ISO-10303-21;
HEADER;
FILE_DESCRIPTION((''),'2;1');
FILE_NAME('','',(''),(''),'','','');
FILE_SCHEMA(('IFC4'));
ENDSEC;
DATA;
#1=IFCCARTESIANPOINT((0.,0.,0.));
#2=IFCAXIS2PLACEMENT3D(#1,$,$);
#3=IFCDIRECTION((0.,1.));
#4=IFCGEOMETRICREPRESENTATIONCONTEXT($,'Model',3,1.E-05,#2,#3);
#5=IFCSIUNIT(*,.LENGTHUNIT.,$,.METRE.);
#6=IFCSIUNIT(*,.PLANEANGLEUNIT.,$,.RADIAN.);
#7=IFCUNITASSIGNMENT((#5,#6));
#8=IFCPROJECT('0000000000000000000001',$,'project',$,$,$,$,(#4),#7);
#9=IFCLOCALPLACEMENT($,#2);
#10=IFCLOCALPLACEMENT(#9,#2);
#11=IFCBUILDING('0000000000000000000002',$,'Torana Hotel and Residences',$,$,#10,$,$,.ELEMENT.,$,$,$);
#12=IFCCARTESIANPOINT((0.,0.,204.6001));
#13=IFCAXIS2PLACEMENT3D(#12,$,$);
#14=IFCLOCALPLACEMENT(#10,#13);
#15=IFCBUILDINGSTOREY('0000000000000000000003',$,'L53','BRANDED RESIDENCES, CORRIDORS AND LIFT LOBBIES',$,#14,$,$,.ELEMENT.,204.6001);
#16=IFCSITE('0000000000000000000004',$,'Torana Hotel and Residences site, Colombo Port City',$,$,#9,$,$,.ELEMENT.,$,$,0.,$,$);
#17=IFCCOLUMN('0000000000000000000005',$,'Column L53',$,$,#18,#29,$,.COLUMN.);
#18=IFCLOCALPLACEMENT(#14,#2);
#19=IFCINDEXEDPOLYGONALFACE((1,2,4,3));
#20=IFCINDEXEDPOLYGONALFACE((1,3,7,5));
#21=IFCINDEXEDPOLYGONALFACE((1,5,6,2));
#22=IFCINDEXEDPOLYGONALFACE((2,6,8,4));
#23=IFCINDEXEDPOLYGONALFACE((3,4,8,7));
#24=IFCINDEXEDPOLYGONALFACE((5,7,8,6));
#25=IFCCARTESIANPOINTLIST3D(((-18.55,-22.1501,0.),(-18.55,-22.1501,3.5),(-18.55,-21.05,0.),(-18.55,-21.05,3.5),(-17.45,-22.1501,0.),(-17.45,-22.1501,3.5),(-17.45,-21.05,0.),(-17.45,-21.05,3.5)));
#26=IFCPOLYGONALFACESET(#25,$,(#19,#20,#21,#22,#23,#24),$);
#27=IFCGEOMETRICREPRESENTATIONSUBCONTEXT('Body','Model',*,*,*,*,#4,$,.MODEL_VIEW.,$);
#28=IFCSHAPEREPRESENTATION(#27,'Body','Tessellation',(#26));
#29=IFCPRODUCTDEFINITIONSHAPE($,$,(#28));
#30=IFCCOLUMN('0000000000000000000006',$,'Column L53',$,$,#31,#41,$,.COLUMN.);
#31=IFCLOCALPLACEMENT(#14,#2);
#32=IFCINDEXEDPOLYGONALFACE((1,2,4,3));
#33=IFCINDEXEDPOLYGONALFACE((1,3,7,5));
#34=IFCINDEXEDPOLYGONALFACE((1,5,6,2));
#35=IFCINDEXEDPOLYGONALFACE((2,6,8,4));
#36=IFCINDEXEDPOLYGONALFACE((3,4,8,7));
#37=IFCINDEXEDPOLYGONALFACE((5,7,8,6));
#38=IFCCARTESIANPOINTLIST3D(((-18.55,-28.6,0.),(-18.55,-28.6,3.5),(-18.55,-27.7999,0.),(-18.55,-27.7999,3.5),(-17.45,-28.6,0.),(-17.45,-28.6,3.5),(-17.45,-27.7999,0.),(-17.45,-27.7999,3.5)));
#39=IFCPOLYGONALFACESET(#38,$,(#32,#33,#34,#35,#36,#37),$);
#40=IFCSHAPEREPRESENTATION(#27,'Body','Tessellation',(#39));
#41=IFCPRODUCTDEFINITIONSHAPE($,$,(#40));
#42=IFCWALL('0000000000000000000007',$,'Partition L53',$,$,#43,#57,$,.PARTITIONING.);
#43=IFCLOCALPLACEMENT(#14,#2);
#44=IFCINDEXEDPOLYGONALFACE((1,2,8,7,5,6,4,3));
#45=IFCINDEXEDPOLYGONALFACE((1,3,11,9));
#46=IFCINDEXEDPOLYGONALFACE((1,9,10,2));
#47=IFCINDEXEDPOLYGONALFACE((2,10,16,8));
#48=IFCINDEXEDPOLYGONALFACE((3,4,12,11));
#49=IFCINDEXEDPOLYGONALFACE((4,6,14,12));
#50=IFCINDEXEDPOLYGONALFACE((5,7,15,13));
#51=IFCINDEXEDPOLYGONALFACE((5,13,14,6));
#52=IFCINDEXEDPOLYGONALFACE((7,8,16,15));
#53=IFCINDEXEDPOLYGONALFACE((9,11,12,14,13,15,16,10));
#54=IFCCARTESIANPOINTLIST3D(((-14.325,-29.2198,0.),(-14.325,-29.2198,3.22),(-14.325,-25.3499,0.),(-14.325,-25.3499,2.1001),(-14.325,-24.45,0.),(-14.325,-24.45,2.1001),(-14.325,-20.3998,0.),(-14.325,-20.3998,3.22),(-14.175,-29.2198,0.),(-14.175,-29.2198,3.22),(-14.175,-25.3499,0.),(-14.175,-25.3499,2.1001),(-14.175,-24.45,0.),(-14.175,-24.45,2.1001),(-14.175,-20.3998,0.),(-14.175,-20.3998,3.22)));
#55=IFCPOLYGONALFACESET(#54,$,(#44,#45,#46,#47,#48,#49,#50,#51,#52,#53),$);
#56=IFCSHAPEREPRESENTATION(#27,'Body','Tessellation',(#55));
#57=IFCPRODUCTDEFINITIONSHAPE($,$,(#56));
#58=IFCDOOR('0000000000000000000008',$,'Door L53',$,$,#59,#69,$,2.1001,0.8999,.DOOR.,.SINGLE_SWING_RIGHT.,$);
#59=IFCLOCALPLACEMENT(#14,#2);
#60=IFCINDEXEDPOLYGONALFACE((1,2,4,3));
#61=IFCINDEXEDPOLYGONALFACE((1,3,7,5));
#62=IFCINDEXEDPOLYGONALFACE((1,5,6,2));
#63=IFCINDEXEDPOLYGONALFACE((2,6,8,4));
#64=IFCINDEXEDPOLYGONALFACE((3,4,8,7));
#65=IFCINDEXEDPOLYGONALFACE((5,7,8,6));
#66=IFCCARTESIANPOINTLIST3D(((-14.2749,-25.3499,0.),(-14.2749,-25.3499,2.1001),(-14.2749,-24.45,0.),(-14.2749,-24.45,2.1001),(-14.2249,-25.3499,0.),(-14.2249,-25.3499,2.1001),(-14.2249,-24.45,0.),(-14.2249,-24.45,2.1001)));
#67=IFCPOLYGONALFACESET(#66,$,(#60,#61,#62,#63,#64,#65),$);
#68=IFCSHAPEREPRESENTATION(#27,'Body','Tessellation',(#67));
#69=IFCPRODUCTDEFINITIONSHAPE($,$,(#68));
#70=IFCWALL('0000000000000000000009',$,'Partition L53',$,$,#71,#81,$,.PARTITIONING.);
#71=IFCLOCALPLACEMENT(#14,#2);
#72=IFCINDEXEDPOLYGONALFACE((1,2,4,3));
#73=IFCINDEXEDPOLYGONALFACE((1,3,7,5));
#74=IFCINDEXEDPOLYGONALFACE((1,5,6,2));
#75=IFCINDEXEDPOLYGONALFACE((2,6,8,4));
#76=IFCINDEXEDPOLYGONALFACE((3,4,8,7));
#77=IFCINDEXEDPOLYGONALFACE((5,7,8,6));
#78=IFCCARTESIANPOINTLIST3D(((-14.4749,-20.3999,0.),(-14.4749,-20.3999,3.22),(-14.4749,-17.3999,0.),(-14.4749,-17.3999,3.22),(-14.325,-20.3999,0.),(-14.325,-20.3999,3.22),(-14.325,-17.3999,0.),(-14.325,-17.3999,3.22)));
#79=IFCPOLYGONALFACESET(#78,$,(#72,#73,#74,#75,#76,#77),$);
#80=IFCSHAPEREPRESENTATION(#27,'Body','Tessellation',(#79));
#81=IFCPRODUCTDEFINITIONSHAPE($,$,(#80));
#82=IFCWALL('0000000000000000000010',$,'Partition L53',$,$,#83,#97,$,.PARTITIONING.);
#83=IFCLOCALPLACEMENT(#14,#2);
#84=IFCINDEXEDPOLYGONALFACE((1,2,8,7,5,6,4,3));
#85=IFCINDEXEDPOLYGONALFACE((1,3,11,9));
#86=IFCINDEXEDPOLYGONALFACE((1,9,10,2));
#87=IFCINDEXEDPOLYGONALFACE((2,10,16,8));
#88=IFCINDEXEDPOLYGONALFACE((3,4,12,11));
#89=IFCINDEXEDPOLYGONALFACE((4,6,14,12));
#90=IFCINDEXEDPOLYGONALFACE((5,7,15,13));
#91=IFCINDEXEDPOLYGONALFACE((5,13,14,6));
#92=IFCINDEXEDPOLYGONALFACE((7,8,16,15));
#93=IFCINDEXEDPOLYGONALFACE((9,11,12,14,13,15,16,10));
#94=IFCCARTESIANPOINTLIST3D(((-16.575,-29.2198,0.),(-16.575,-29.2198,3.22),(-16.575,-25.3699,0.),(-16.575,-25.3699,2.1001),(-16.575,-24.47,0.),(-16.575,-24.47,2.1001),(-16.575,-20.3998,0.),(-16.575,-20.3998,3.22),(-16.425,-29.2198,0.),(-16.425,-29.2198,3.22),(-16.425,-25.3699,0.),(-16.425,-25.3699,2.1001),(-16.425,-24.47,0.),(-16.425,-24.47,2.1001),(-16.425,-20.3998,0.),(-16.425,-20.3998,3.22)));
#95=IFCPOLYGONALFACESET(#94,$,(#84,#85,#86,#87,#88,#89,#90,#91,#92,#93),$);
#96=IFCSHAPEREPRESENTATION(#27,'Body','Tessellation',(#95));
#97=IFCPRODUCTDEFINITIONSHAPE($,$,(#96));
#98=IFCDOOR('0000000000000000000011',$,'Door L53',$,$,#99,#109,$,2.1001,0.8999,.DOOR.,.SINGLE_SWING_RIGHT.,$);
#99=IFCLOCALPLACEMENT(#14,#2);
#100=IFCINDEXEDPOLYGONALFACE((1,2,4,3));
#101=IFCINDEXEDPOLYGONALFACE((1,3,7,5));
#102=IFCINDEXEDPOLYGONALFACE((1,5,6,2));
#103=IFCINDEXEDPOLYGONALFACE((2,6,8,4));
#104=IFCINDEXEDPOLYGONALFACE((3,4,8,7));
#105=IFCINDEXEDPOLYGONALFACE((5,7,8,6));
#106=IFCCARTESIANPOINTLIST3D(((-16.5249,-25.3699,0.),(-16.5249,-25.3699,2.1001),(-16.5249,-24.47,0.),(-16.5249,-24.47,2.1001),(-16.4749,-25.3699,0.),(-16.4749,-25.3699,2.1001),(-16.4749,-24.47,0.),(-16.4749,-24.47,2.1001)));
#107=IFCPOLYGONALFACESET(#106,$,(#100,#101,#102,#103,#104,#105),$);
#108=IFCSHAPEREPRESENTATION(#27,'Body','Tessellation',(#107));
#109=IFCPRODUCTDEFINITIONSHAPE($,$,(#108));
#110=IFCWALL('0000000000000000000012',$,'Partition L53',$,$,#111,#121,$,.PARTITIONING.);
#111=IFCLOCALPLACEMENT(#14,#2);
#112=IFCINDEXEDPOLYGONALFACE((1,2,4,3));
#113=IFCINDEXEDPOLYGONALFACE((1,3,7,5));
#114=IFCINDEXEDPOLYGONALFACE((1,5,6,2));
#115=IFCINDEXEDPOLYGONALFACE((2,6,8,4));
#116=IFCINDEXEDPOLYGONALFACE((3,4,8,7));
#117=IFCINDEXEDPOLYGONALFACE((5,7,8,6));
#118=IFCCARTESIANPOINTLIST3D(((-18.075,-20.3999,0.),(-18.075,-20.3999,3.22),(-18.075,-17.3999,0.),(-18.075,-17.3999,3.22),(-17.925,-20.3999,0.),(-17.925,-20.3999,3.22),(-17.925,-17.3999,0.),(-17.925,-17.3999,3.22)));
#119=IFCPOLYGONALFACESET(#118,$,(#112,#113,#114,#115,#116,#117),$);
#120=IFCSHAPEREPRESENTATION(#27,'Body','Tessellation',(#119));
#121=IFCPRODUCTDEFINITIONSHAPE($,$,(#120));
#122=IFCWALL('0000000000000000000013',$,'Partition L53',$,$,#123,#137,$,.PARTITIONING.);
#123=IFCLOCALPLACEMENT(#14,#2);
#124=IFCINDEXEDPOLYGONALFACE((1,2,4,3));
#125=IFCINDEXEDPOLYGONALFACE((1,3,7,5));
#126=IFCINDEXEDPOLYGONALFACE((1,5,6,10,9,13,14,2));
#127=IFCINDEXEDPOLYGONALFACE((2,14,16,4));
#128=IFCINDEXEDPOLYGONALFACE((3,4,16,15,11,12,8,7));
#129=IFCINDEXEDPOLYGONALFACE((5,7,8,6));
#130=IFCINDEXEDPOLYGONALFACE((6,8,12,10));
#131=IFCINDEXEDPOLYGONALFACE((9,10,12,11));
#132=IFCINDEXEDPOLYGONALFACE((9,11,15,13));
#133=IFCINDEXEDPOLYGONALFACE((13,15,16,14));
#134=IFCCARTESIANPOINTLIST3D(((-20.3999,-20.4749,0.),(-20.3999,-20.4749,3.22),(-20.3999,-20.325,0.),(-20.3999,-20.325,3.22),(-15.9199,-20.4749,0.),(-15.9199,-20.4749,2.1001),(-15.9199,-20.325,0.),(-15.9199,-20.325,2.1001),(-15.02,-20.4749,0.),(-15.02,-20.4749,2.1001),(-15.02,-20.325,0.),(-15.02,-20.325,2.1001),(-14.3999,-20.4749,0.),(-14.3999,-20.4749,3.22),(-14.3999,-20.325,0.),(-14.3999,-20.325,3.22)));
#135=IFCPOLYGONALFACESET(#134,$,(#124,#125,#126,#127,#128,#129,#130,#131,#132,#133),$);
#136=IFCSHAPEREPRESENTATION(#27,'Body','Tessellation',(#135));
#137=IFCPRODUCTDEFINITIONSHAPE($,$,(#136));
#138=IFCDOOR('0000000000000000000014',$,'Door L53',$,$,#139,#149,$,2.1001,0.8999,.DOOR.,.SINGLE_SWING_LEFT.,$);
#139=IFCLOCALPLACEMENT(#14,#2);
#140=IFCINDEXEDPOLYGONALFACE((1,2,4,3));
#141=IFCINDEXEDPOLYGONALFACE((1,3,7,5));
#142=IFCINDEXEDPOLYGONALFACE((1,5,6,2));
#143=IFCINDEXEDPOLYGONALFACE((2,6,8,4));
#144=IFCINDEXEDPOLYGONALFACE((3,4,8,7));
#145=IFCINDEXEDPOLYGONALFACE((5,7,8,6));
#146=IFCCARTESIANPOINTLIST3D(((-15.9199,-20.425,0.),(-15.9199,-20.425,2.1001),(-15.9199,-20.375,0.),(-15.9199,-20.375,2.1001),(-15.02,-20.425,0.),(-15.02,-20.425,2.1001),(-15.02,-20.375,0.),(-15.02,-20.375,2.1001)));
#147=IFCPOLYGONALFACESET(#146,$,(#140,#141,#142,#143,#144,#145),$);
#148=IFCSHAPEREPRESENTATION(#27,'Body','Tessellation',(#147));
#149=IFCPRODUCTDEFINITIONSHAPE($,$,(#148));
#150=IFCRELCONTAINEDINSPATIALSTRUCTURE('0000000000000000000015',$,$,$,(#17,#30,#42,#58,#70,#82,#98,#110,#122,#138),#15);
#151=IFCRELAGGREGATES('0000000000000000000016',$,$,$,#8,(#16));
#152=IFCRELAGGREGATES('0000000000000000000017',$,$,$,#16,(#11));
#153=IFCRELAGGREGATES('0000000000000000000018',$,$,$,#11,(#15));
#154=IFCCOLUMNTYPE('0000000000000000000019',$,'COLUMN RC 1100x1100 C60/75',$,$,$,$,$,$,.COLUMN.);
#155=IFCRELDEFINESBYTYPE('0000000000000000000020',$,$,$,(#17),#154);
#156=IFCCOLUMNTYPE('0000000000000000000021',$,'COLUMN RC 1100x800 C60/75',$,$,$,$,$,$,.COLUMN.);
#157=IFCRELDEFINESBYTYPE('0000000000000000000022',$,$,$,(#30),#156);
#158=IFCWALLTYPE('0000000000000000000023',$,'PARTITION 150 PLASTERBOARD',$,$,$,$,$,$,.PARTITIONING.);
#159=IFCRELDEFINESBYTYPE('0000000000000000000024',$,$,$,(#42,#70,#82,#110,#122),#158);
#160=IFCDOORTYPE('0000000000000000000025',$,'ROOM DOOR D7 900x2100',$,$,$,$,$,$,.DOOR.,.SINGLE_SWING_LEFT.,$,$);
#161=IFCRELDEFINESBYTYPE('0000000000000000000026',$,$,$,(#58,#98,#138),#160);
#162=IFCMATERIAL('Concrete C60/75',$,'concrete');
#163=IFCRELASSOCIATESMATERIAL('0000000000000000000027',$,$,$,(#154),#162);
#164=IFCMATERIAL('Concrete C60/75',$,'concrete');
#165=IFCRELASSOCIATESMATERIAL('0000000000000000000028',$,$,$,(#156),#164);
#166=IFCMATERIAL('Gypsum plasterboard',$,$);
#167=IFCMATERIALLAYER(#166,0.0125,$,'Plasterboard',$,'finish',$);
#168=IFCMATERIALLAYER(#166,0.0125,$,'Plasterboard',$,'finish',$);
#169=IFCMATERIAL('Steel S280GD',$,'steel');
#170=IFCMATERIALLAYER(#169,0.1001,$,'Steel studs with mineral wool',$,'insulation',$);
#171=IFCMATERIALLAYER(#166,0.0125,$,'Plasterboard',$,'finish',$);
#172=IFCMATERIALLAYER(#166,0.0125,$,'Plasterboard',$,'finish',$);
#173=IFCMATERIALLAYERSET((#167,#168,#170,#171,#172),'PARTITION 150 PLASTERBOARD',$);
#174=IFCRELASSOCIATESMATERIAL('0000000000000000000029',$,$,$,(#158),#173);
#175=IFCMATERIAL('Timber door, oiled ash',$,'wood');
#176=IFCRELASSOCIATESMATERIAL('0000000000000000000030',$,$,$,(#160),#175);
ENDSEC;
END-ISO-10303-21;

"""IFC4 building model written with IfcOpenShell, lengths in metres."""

from ifc_helpers import new_model, si_unit, direction, frame, frame_2d, origin, origin_2d, place, context, subcontext, project, spatial, rectangle, extrude, material, layer, layer_set, material_profile, profile_set, type_object, element, fill, save


model = new_model("IFC4")

# Units and contexts
model_context = context("Model", 3, precision=1e-05, world=origin(), true_north=direction((0.0, 1.0)))
body_context = subcontext(model_context, "Body", "Model", "MODEL_VIEW")
ifc_project = project(units=[si_unit("LENGTHUNIT", "METRE"), si_unit("PLANEANGLEUNIT", "RADIAN")], contexts=[model_context])

# Site, building, storey
site_placement = place(None, origin())
site = spatial("IfcSite", under=ifc_project, at=site_placement, Name="Torana Hotel and Residences site, Colombo Port City", CompositionType="ELEMENT", RefElevation=0.0)
building_placement = place(site_placement, origin())
building = spatial("IfcBuilding", under=site, at=building_placement, Name="Torana Hotel and Residences", CompositionType="ELEMENT")
storey_placement = place(building_placement, frame((0.0, 0.0, 204.6001)))
storey = spatial("IfcBuildingStorey", under=building, at=storey_placement, Name="L53", Description="BRANDED RESIDENCES, CORRIDORS AND LIFT LOBBIES", CompositionType="ELEMENT", Elevation=204.6001)

# Columns
ifc_material_1 = material(Name="Concrete C60/75", Category="concrete")
ifc_material_profile_1 = material_profile(ifc_material_1, rectangle(XDim=1.1001, YDim=1.1001, at=origin_2d()), Name="RC 1100x1100")
ifc_profile_set_1 = profile_set([ifc_material_profile_1], Name="Concrete C60/75")
column_type_1 = type_object("IfcColumnType", Name="COLUMN RC 1100x1100 C60/75", PredefinedType="COLUMN", material=ifc_profile_set_1)
column_1_placement = place(storey_placement, frame((-18.0, -21.6001, 0.0), z_axis=(0.0, 0.0, 1.0), x_axis=(1.0, 0.0, 0.0)))
element("IfcColumn", 1, at=column_1_placement, inside=storey, type_object=column_type_1, Name="Column L53", PredefinedType="COLUMN", context=body_context, shape_type="SweptSolid", body=[
    extrude(rectangle(XDim=1.1001, YDim=1.1001, at=origin_2d()), origin(), (0.0, 0.0, 1.0), 3.5),
])
ifc_material_2 = material(Name="Concrete C60/75", Category="concrete")
ifc_material_profile_2 = material_profile(ifc_material_2, rectangle(XDim=1.1001, YDim=0.8, at=origin_2d()), Name="RC 1100x800")
ifc_profile_set_2 = profile_set([ifc_material_profile_2], Name="Concrete C60/75")
column_type_2 = type_object("IfcColumnType", Name="COLUMN RC 1100x800 C60/75", PredefinedType="COLUMN", material=ifc_profile_set_2)
column_2_placement = place(storey_placement, frame((-18.0, -28.2, 0.0), z_axis=(0.0, 0.0, 1.0), x_axis=(1.0, 0.0, 0.0)))
element("IfcColumn", 2, at=column_2_placement, inside=storey, type_object=column_type_2, Name="Column L53", PredefinedType="COLUMN", context=body_context, shape_type="SweptSolid", body=[
    extrude(rectangle(XDim=1.1001, YDim=0.8, at=origin_2d()), origin(), (0.0, 0.0, 1.0), 3.5),
])

# Wall, opening, door
ifc_material_3 = material(Name="Gypsum plasterboard")
ifc_layer_1 = layer(ifc_material_3, 0.0125, Name="Plasterboard", Category="finish")
ifc_layer_2 = layer(ifc_material_3, 0.0125, Name="Plasterboard", Category="finish")
ifc_material_4 = material(Name="Steel S280GD", Category="steel")
ifc_layer_3 = layer(ifc_material_4, 0.1001, Name="Steel studs with mineral wool", Category="insulation")
ifc_layer_4 = layer(ifc_material_3, 0.0125, Name="Plasterboard", Category="finish")
ifc_layer_5 = layer(ifc_material_3, 0.0125, Name="Plasterboard", Category="finish")
ifc_layer_set_1 = layer_set([ifc_layer_1, ifc_layer_2, ifc_layer_3, ifc_layer_4, ifc_layer_5], Name="PARTITION 150 PLASTERBOARD")
wall_type_1 = type_object("IfcWallType", Name="PARTITION 150 PLASTERBOARD", PredefinedType="PARTITIONING", material=ifc_layer_set_1)
wall_1_placement = place(storey_placement, frame((-14.25, -29.22, 0.0), z_axis=(0.0, 0.0, 1.0), x_axis=(0.0, 1.0, 0.0)))
wall_1 = element("IfcWall", 3, at=wall_1_placement, inside=storey, type_object=wall_type_1, Name="Partition L53", PredefinedType="PARTITIONING", context=body_context, shape_type="SweptSolid", body=[
    extrude(rectangle(XDim=8.8201, YDim=0.1499, at=frame_2d((4.4102, 0.0))), origin(), (0.0, 0.0, 1.0), 3.22),
])
opening_1_placement = place(wall_1_placement, frame((3.8701, 0.0, 0.0)))
opening_1 = element("IfcOpeningElement", 4, at=opening_1_placement, cuts=wall_1, PredefinedType="OPENING", context=body_context, shape_type="SweptSolid", body=[
    extrude(rectangle(XDim=0.8999, YDim=2.1001, at=frame_2d((0.45, 1.05))), frame((0.0, 0.085, 0.0), z_axis=(0.0, -1.0, 0.0), x_axis=(1.0, 0.0, 0.0)), (0.0, 0.0, 1.0), 0.1699),
])
ifc_material_5 = material(Name="Timber door, oiled ash", Category="wood")
door_type_1 = type_object("IfcDoorType", Name="ROOM DOOR D7 900x2100", OperationType="SINGLE_SWING_LEFT", PredefinedType="DOOR", material=ifc_material_5)
door_1_placement = place(opening_1_placement, origin())
door_1 = element("IfcDoor", 5, at=door_1_placement, inside=storey, type_object=door_type_1, Name="Door L53", OperationType="SINGLE_SWING_RIGHT", OverallHeight=2.1001, OverallWidth=0.8999, PredefinedType="DOOR", context=body_context, shape_type="SweptSolid", body=[
    extrude(rectangle(XDim=0.8999, YDim=2.1001, at=frame_2d((0.45, 1.05))), frame((0.0, 0.0249, 0.0), z_axis=(0.0, -1.0, 0.0), x_axis=(1.0, 0.0, 0.0)), (0.0, 0.0, 1.0), 0.05),
])
fill(opening_1, door_1)

# Wall
wall_2_placement = place(storey_placement, frame((-14.3999, -20.3999, 0.0), z_axis=(0.0, 0.0, 1.0), x_axis=(0.0, 1.0, 0.0)))
element("IfcWall", 6, at=wall_2_placement, inside=storey, type_object=wall_type_1, Name="Partition L53", PredefinedType="PARTITIONING", context=body_context, shape_type="SweptSolid", body=[
    extrude(rectangle(XDim=3.0, YDim=0.1499, at=frame_2d((1.5, 0.0))), origin(), (0.0, 0.0, 1.0), 3.22),
])

# Wall, opening, door
wall_3_placement = place(storey_placement, frame((-16.5, -29.22, 0.0), z_axis=(0.0, 0.0, 1.0), x_axis=(0.0, 1.0, 0.0)))
wall_3 = element("IfcWall", 7, at=wall_3_placement, inside=storey, type_object=wall_type_1, Name="Partition L53", PredefinedType="PARTITIONING", context=body_context, shape_type="SweptSolid", body=[
    extrude(rectangle(XDim=8.8201, YDim=0.1499, at=frame_2d((4.4102, 0.0))), origin(), (0.0, 0.0, 1.0), 3.22),
])
opening_2_placement = place(wall_3_placement, frame((3.8501, 0.0, 0.0)))
opening_2 = element("IfcOpeningElement", 8, at=opening_2_placement, cuts=wall_3, PredefinedType="OPENING", context=body_context, shape_type="SweptSolid", body=[
    extrude(rectangle(XDim=0.8999, YDim=2.1001, at=frame_2d((0.45, 1.05))), frame((0.0, 0.085, 0.0), z_axis=(0.0, -1.0, 0.0), x_axis=(1.0, 0.0, 0.0)), (0.0, 0.0, 1.0), 0.1699),
])
door_2_placement = place(opening_2_placement, origin())
door_2 = element("IfcDoor", 9, at=door_2_placement, inside=storey, type_object=door_type_1, Name="Door L53", OperationType="SINGLE_SWING_RIGHT", OverallHeight=2.1001, OverallWidth=0.8999, PredefinedType="DOOR", context=body_context, shape_type="SweptSolid", body=[
    extrude(rectangle(XDim=0.8999, YDim=2.1001, at=frame_2d((0.45, 1.05))), frame((0.0, 0.0249, 0.0), z_axis=(0.0, -1.0, 0.0), x_axis=(1.0, 0.0, 0.0)), (0.0, 0.0, 1.0), 0.05),
])
fill(opening_2, door_2)

# Wall
wall_4_placement = place(storey_placement, frame((-18.0, -20.3999, 0.0), z_axis=(0.0, 0.0, 1.0), x_axis=(0.0, 1.0, 0.0)))
element("IfcWall", 10, at=wall_4_placement, inside=storey, type_object=wall_type_1, Name="Partition L53", PredefinedType="PARTITIONING", context=body_context, shape_type="SweptSolid", body=[
    extrude(rectangle(XDim=3.0, YDim=0.1499, at=frame_2d((1.5, 0.0))), origin(), (0.0, 0.0, 1.0), 3.22),
])

# Wall, opening, door
wall_5_placement = place(storey_placement, frame((-20.3999, -20.3999, 0.0), z_axis=(0.0, 0.0, 1.0), x_axis=(1.0, 0.0, 0.0)))
wall_5 = element("IfcWall", 11, at=wall_5_placement, inside=storey, type_object=wall_type_1, Name="Partition L53", PredefinedType="PARTITIONING", context=body_context, shape_type="SweptSolid", body=[
    extrude(rectangle(XDim=6.0, YDim=0.1499, at=frame_2d((3.0, 0.0))), origin(), (0.0, 0.0, 1.0), 3.22),
])
opening_3_placement = place(wall_5_placement, frame((4.48, 0.0, 0.0)))
opening_3 = element("IfcOpeningElement", 12, at=opening_3_placement, cuts=wall_5, PredefinedType="OPENING", context=body_context, shape_type="SweptSolid", body=[
    extrude(rectangle(XDim=0.8999, YDim=2.1001, at=frame_2d((0.45, 1.05))), frame((0.0, 0.085, 0.0), z_axis=(0.0, -1.0, 0.0), x_axis=(1.0, 0.0, 0.0)), (0.0, 0.0, 1.0), 0.1699),
])
door_3_placement = place(opening_3_placement, origin())
door_3 = element("IfcDoor", 13, at=door_3_placement, inside=storey, type_object=door_type_1, Name="Door L53", OperationType="SINGLE_SWING_LEFT", OverallHeight=2.1001, OverallWidth=0.8999, PredefinedType="DOOR", context=body_context, shape_type="SweptSolid", body=[
    extrude(rectangle(XDim=0.8999, YDim=2.1001, at=frame_2d((0.45, 1.05))), frame((0.0, 0.0249, 0.0), z_axis=(0.0, -1.0, 0.0), x_axis=(1.0, 0.0, 0.0)), (0.0, 0.0, 1.0), 0.05),
])
fill(opening_3, door_3)

save(model, "model.ifc")
